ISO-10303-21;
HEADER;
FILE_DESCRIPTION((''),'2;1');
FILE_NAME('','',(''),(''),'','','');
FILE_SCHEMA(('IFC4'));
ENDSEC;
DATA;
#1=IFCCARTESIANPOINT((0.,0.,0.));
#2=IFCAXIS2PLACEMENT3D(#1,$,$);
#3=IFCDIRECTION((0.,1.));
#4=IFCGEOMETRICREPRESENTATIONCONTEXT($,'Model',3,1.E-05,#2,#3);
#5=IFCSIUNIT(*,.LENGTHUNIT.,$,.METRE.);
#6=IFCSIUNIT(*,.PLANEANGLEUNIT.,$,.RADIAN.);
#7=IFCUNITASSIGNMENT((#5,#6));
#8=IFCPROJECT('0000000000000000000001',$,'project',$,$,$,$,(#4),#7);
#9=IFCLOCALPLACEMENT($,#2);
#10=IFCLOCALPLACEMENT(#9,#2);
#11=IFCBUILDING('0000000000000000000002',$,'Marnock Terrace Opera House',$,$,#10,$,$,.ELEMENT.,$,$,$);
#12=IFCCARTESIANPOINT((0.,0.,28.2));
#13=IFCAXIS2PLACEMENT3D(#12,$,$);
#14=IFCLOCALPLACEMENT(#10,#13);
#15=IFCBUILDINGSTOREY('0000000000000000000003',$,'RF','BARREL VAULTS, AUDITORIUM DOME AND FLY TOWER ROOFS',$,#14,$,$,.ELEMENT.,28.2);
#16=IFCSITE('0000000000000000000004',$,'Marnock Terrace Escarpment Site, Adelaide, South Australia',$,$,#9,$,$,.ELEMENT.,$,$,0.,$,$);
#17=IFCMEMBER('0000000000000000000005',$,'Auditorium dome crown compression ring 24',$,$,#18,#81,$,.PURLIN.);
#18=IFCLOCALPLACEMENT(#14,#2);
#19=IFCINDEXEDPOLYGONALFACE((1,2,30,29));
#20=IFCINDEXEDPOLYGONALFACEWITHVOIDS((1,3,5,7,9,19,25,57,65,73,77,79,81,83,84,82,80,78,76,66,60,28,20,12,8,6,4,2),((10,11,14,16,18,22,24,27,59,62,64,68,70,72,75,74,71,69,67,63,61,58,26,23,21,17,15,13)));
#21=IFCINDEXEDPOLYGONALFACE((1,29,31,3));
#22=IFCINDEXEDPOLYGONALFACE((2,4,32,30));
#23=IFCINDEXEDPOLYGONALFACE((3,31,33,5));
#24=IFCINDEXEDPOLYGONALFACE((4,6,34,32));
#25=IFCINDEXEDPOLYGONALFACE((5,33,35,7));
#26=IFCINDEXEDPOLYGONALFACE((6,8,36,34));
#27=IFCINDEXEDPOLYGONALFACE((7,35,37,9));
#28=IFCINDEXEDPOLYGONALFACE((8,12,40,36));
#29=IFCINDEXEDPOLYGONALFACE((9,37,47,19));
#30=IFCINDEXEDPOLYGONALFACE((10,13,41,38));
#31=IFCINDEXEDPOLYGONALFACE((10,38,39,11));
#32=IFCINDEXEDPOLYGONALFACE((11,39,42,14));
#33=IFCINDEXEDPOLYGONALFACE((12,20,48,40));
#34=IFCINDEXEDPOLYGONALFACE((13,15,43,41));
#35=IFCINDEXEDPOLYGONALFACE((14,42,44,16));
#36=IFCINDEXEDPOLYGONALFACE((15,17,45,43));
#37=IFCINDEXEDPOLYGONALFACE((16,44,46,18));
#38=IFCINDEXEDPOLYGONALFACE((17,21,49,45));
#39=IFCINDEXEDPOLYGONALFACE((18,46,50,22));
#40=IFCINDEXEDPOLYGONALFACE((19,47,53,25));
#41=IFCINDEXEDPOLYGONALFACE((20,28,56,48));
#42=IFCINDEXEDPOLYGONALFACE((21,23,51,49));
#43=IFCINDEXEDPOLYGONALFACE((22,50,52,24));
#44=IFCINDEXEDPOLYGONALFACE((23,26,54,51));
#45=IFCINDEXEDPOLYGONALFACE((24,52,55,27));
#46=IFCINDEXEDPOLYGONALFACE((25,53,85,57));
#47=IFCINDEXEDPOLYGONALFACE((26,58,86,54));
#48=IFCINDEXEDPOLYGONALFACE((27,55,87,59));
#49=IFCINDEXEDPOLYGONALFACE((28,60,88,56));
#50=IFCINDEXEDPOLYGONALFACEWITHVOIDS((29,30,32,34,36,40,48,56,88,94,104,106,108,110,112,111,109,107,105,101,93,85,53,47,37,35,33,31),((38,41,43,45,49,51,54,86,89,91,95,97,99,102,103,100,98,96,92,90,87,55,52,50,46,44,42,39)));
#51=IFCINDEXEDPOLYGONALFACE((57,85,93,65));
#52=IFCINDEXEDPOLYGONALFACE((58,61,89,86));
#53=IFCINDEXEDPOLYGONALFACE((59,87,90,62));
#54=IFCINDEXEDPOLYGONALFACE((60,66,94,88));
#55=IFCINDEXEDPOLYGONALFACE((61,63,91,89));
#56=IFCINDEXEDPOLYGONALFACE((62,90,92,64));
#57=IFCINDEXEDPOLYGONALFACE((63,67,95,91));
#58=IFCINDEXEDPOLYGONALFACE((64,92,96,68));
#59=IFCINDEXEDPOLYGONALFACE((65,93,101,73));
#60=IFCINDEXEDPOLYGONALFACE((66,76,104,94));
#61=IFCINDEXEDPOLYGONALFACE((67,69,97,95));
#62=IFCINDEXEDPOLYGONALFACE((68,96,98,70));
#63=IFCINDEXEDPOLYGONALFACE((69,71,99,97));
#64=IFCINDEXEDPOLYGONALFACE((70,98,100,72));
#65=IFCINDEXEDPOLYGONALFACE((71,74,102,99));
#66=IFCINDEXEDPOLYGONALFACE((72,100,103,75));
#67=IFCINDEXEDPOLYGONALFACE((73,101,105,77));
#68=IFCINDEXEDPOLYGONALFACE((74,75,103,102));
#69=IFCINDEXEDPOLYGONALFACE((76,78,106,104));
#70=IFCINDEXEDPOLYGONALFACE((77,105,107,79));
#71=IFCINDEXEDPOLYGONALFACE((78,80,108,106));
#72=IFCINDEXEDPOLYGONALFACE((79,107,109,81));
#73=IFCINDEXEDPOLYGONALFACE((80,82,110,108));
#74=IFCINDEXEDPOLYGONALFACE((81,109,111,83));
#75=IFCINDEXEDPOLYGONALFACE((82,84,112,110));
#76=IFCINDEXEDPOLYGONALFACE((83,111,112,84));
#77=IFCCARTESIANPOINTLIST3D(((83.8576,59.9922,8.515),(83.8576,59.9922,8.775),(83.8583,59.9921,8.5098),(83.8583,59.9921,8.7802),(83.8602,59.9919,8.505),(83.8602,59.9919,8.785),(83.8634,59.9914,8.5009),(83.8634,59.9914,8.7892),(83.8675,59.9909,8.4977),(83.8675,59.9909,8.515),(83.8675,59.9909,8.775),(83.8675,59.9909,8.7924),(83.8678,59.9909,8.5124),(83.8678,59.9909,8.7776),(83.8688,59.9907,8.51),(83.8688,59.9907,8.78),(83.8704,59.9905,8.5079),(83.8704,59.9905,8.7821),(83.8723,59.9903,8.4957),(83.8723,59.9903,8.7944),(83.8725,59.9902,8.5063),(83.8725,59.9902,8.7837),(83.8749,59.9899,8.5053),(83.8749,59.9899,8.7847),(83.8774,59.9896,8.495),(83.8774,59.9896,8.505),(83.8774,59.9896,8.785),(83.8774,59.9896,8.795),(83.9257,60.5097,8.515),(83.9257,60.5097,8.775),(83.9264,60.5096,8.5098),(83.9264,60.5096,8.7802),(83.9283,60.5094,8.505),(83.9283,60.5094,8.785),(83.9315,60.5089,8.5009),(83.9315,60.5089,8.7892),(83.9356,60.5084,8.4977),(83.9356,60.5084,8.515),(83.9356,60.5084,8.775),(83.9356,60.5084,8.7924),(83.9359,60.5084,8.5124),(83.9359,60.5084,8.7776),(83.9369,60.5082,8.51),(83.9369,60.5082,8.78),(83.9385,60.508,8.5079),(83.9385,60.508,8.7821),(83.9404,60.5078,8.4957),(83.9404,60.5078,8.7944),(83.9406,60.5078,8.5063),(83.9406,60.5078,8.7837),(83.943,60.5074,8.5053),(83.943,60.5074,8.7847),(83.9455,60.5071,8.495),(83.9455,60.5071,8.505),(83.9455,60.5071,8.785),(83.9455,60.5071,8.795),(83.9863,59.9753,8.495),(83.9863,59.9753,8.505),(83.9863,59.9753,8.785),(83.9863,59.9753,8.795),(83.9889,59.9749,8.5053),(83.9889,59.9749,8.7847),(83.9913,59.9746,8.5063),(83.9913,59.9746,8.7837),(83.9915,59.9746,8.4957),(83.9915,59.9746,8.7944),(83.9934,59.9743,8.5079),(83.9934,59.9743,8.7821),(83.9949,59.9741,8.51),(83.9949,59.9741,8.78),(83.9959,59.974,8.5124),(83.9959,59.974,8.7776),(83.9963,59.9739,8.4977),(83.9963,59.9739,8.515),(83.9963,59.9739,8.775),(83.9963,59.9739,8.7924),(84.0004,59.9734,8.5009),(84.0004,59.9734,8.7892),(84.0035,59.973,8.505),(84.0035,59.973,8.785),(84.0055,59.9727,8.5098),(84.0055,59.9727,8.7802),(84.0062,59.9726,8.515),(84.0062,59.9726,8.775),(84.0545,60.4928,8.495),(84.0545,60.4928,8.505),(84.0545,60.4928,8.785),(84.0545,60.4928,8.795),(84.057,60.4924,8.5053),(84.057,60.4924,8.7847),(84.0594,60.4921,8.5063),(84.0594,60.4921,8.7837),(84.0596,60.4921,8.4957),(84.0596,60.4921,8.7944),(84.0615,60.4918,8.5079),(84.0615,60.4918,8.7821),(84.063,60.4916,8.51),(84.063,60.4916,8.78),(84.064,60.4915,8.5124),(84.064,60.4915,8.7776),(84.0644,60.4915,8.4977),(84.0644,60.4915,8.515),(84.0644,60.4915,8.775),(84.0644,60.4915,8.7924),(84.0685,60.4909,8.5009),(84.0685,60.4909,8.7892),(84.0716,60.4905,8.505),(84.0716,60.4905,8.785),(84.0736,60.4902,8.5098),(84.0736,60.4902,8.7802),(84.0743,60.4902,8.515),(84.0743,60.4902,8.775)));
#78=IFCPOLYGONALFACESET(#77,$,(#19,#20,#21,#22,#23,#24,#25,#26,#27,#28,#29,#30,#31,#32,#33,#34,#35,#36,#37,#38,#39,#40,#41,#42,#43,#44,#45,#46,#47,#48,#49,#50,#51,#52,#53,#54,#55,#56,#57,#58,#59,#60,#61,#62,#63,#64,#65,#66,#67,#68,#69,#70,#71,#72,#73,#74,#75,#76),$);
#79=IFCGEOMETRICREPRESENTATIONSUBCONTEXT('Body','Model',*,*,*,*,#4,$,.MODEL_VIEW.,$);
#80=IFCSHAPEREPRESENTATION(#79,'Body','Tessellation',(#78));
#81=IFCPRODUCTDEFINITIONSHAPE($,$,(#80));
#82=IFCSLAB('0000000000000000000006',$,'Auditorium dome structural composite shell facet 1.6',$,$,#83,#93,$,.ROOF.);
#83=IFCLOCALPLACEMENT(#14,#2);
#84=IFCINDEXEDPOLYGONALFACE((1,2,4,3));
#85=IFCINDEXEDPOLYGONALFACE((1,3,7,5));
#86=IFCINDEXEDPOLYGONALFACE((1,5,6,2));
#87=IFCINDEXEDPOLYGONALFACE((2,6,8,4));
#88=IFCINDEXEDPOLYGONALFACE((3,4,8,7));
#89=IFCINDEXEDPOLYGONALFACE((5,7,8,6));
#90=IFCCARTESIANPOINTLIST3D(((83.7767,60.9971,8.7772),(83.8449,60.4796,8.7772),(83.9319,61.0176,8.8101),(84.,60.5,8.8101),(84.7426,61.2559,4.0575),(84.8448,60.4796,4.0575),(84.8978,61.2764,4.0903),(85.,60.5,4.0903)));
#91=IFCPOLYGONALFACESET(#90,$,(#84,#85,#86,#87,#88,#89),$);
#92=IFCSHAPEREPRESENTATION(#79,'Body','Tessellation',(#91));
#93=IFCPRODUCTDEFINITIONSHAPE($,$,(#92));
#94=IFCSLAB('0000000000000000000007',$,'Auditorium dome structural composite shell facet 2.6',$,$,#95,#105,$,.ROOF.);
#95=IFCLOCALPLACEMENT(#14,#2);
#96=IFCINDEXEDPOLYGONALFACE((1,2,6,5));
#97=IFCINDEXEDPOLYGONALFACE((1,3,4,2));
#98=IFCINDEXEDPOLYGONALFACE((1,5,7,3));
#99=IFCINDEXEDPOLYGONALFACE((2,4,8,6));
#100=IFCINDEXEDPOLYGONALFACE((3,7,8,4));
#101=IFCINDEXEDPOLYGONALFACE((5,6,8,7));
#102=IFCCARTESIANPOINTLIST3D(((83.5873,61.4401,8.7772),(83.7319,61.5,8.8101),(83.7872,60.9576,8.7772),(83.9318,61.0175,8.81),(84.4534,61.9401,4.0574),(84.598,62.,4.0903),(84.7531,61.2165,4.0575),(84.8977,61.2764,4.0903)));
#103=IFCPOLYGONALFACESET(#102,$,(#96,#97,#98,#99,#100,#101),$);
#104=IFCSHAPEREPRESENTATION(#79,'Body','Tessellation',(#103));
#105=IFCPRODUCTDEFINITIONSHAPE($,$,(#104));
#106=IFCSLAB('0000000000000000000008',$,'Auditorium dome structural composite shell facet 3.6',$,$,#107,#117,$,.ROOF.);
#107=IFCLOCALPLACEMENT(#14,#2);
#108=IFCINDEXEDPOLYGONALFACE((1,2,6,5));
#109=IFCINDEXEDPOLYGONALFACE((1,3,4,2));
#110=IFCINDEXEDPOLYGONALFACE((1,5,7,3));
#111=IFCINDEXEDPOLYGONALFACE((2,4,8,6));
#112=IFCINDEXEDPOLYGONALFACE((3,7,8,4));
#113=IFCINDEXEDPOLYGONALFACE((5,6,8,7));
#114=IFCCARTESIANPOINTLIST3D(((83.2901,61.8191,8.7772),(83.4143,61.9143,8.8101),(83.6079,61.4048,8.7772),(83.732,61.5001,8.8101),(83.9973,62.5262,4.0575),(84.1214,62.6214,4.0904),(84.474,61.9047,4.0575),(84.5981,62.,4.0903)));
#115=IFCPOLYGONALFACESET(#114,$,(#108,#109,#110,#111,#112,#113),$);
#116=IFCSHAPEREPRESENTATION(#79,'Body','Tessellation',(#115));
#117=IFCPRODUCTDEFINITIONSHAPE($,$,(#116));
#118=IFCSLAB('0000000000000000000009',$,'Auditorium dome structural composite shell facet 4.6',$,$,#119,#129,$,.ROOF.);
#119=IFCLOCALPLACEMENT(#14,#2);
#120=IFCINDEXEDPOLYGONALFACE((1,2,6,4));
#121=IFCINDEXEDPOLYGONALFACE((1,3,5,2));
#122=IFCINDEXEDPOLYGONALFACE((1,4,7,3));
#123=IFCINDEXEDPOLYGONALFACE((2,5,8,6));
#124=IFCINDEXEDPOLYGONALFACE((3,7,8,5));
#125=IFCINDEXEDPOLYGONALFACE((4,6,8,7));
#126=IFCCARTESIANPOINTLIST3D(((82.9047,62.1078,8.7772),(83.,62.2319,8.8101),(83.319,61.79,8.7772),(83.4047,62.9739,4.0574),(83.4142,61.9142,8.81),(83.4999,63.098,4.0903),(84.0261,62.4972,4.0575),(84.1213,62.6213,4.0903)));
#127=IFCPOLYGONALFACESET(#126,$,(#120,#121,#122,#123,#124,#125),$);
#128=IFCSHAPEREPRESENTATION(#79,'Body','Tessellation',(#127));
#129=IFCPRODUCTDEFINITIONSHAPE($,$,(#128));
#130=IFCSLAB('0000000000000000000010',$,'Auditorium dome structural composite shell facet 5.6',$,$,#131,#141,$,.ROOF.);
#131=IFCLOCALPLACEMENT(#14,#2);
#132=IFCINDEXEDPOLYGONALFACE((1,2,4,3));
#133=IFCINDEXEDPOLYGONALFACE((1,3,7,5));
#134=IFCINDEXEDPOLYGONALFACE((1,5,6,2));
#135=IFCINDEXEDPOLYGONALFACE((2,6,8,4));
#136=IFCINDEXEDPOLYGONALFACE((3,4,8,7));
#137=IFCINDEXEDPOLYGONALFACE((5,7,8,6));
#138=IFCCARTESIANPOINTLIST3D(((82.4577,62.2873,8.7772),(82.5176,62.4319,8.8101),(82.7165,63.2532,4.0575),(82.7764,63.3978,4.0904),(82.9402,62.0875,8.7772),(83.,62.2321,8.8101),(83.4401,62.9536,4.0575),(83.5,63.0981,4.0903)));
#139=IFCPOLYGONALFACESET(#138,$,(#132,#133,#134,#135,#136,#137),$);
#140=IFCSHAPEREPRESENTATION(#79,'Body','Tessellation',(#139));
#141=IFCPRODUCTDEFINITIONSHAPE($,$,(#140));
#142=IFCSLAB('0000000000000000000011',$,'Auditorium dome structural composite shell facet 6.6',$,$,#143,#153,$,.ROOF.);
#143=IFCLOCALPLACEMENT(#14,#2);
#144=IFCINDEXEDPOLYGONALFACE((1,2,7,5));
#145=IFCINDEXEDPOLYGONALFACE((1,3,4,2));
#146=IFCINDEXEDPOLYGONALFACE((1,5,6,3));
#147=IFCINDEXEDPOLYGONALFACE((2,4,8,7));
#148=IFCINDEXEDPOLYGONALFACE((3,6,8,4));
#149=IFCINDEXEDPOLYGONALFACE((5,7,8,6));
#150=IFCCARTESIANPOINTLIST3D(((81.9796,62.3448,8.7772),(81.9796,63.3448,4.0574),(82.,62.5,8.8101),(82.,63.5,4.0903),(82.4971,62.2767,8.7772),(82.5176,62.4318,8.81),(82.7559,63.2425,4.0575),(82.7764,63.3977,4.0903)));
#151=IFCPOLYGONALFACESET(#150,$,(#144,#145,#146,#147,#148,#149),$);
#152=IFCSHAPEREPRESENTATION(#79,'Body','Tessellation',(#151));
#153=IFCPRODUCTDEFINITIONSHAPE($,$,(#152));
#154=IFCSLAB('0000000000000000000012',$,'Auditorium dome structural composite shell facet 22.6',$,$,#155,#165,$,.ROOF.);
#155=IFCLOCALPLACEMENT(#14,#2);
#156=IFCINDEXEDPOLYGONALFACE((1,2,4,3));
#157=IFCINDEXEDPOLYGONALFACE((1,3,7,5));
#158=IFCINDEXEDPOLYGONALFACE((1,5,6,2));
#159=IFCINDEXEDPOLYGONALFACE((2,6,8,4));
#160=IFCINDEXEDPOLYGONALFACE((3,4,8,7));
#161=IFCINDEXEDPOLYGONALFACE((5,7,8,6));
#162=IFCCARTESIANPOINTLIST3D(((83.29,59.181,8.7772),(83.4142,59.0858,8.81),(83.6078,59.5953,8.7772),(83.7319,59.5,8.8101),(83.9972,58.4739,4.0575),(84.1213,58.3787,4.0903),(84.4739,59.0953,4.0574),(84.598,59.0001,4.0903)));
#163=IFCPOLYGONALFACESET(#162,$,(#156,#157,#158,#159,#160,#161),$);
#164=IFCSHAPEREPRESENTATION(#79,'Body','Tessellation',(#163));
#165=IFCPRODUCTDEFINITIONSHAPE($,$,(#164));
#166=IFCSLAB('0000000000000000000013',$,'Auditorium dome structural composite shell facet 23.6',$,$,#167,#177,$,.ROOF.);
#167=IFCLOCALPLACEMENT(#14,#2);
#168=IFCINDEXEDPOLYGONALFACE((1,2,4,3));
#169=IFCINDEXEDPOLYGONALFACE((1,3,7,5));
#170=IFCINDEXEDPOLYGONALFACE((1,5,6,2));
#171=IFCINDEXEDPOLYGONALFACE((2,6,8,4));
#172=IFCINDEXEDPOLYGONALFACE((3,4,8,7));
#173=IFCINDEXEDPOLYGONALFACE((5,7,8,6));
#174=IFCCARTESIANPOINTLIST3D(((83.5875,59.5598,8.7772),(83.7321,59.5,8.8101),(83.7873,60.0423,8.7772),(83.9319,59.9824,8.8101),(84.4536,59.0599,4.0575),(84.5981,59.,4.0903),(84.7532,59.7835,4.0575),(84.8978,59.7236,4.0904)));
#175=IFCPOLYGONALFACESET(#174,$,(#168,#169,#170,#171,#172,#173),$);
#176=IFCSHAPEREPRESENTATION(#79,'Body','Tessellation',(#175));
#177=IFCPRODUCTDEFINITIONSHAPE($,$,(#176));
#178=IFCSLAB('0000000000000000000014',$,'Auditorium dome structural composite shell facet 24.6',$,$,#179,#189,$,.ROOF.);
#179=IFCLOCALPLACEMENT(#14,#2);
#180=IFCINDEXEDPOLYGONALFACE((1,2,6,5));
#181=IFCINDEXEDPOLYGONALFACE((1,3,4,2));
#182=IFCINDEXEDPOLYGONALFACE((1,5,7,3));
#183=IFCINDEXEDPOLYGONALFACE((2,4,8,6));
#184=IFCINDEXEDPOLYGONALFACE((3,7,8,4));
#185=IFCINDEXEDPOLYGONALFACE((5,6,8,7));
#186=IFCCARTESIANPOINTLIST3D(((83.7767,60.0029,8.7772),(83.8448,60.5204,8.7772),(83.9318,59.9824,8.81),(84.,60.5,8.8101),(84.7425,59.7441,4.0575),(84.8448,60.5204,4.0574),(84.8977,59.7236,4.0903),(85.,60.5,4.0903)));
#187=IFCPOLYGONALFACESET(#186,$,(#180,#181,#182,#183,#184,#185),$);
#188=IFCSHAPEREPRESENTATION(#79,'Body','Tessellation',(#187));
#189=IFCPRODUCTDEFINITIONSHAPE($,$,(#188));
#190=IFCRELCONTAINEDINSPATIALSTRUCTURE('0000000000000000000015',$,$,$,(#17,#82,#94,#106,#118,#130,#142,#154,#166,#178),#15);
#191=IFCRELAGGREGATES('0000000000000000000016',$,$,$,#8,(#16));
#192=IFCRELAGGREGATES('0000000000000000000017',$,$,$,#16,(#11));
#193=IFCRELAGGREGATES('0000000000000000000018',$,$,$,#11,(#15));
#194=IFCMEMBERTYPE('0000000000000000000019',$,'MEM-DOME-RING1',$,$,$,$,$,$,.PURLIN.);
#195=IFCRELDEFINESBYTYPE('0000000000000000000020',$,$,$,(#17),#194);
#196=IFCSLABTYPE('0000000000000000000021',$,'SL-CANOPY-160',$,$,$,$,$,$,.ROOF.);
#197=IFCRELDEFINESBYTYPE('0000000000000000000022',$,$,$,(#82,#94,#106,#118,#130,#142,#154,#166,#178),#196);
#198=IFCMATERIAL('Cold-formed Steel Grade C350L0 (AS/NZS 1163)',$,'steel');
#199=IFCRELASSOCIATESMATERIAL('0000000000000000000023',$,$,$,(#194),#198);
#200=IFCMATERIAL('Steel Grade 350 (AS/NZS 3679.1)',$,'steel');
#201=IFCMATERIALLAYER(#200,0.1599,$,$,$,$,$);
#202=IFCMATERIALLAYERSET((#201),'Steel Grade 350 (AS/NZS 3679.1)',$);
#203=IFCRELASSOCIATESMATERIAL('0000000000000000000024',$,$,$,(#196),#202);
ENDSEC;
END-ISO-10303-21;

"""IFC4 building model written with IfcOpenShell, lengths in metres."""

from ifc_helpers import new_model, si_unit, direction, frame, origin, origin_2d, place, context, subcontext, project, spatial, polyline, hollow_rectangle, outline, extrude, material, layer, layer_set, material_profile, profile_set, type_object, element, save


model = new_model("IFC4")

# Units and contexts
model_context = context("Model", 3, precision=1e-05, world=origin(), true_north=direction((0.0, 1.0)))
body_context = subcontext(model_context, "Body", "Model", "MODEL_VIEW")
ifc_project = project(units=[si_unit("LENGTHUNIT", "METRE"), si_unit("PLANEANGLEUNIT", "RADIAN")], contexts=[model_context])

# Site, building, storey
site_placement = place(None, origin())
site = spatial("IfcSite", under=ifc_project, at=site_placement, Name="Marnock Terrace Escarpment Site, Adelaide, South Australia", CompositionType="ELEMENT", RefElevation=0.0)
building_placement = place(site_placement, origin())
building = spatial("IfcBuilding", under=site, at=building_placement, Name="Marnock Terrace Opera House", CompositionType="ELEMENT")
storey_placement = place(building_placement, frame((0.0, 0.0, 28.2)))
storey = spatial("IfcBuildingStorey", under=building, at=storey_placement, Name="RF", Description="BARREL VAULTS, AUDITORIUM DOME AND FLY TOWER ROOFS", CompositionType="ELEMENT", Elevation=28.2)

# Member
ifc_material_1 = material(Name="Cold-formed Steel Grade C350L0 (AS/NZS 1163)", Category="steel")
ifc_material_profile_1 = material_profile(ifc_material_1, hollow_rectangle(XDim=0.1499, YDim=0.3, WallThickness=0.01, InnerFilletRadius=0.01, OuterFilletRadius=0.02, at=origin_2d()))
ifc_profile_set_1 = profile_set([ifc_material_profile_1], Name="Cold-formed Steel Grade C350L0 (AS/NZS 1163)")
member_type_1 = type_object("IfcMemberType", Name="MEM-DOME-RING1", PredefinedType="PURLIN", material=ifc_profile_set_1)
member_1_placement = place(storey_placement, frame((83.9319, 59.9824, 8.645), z_axis=(0.130479, 0.991451, 0.0), x_axis=(-0.991451, 0.130479, 0.0)))
element("IfcMember", 1, at=member_1_placement, inside=storey, type_object=member_type_1, Name="Auditorium dome crown compression ring 24", PredefinedType="PURLIN", context=body_context, shape_type="SweptSolid", body=[
    extrude(hollow_rectangle(XDim=0.1499, YDim=0.3, WallThickness=0.01, InnerFilletRadius=0.01, OuterFilletRadius=0.02, at=origin_2d()), origin(), (0.0, 0.0, 1.0), 0.522),
])

# Slabs
ifc_material_2 = material(Name="Steel Grade 350 (AS/NZS 3679.1)", Category="steel")
ifc_layer = layer(ifc_material_2, 0.1599)
ifc_layer_set = layer_set([ifc_layer], Name="Steel Grade 350 (AS/NZS 3679.1)")
slab_type = type_object("IfcSlabType", Name="SL-CANOPY-160", PredefinedType="ROOF", material=ifc_layer_set)
slab_1_placement = place(storey_placement, frame((85.0, 60.5, 4.0903), z_axis=(0.970265, 0.127782, 0.205566), x_axis=(-0.130573, 0.991439, 0.000012)))
element("IfcSlab", 2, at=slab_1_placement, inside=storey, type_object=slab_type, Name="Auditorium dome structural composite shell facet 1.6", PredefinedType="ROOF", context=body_context, shape_type="SweptSolid", body=[
    extrude(outline(polyline([(0.0, 0.0), (0.7831, 0.0), (0.6527, 4.8227), (0.1306, 4.8227), (0.0, 0.0)])), origin(), (0.0, 0.0, -1.0), 0.1599),
])
slab_2_placement = place(storey_placement, frame((84.8977, 61.2764, 4.0903), z_axis=(0.904159, 0.374476, 0.205583), x_axis=(-0.382642, 0.923897, -0.000035)))
element("IfcSlab", 3, at=slab_2_placement, inside=storey, type_object=slab_type, Name="Auditorium dome structural composite shell facet 2.6", PredefinedType="ROOF", context=body_context, shape_type="SweptSolid", body=[
    extrude(outline(polyline([(0.0, 0.0), (0.7832, 0.0), (0.6525, 4.8228), (0.1303, 4.8227), (0.0, 0.0)])), origin(), (0.0, 0.0, -1.0), 0.1599),
])
slab_3_placement = place(storey_placement, frame((84.5981, 62.0, 4.0903), z_axis=(0.776496, 0.595643, 0.205581), x_axis=(-0.60865, 0.793439, 0.000037)))
element("IfcSlab", 4, at=slab_3_placement, inside=storey, type_object=slab_type, Name="Auditorium dome structural composite shell facet 3.6", PredefinedType="ROOF", context=body_context, shape_type="SweptSolid", body=[
    extrude(outline(polyline([(0.0, 0.0), (0.7832, 0.0), (0.6527, 4.8227), (0.1307, 4.8228), (0.0, 0.0)])), origin(), (0.0, 0.0, -1.0), 0.1599),
])
slab_4_placement = place(storey_placement, frame((84.1213, 62.6213, 4.0903), z_axis=(0.595643, 0.776496, 0.205581), x_axis=(-0.793439, 0.60865, -0.000037)))
element("IfcSlab", 5, at=slab_4_placement, inside=storey, type_object=slab_type, Name="Auditorium dome structural composite shell facet 4.6", PredefinedType="ROOF", context=body_context, shape_type="SweptSolid", body=[
    extrude(outline(polyline([(0.0, 0.0), (0.7832, 0.0), (0.6525, 4.8228), (0.1305, 4.8227), (0.0, 0.0)])), origin(), (0.0, 0.0, -1.0), 0.1599),
])
slab_5_placement = place(storey_placement, frame((83.5, 63.0981, 4.0903), z_axis=(0.374476, 0.904159, 0.205583), x_axis=(-0.923897, 0.382642, 0.000035)))
element("IfcSlab", 6, at=slab_5_placement, inside=storey, type_object=slab_type, Name="Auditorium dome structural composite shell facet 5.6", PredefinedType="ROOF", context=body_context, shape_type="SweptSolid", body=[
    extrude(outline(polyline([(0.0, 0.0), (0.7832, 0.0), (0.6529, 4.8227), (0.1307, 4.8228), (0.0, 0.0)])), origin(), (0.0, 0.0, -1.0), 0.1599),
])
slab_6_placement = place(storey_placement, frame((82.7764, 63.3977, 4.0903), z_axis=(0.127782, 0.970265, 0.205566), x_axis=(-0.991439, 0.130573, -0.000012)))
element("IfcSlab", 7, at=slab_6_placement, inside=storey, type_object=slab_type, Name="Auditorium dome structural composite shell facet 6.6", PredefinedType="ROOF", context=body_context, shape_type="SweptSolid", body=[
    extrude(outline(polyline([(0.0, 0.0), (0.7831, 0.0), (0.6524, 4.8227), (0.1304, 4.8227), (0.0, 0.0)])), origin(), (0.0, 0.0, -1.0), 0.1599),
])
slab_7_placement = place(storey_placement, frame((84.1213, 58.3787, 4.0903), z_axis=(0.776496, -0.595643, 0.205581), x_axis=(0.60865, 0.793439, -0.000037)))
element("IfcSlab", 8, at=slab_7_placement, inside=storey, type_object=slab_type, Name="Auditorium dome structural composite shell facet 22.6", PredefinedType="ROOF", context=body_context, shape_type="SweptSolid", body=[
    extrude(outline(polyline([(0.0, 0.0), (0.7832, 0.0), (0.6525, 4.8228), (0.1305, 4.8227), (0.0, 0.0)])), origin(), (0.0, 0.0, -1.0), 0.1599),
])
slab_8_placement = place(storey_placement, frame((84.5981, 59.0, 4.0903), z_axis=(0.904159, -0.374476, 0.205583), x_axis=(0.382642, 0.923897, 0.000035)))
element("IfcSlab", 9, at=slab_8_placement, inside=storey, type_object=slab_type, Name="Auditorium dome structural composite shell facet 23.6", PredefinedType="ROOF", context=body_context, shape_type="SweptSolid", body=[
    extrude(outline(polyline([(0.0, 0.0), (0.7832, 0.0), (0.6529, 4.8227), (0.1307, 4.8228), (0.0, 0.0)])), origin(), (0.0, 0.0, -1.0), 0.1599),
])
slab_9_placement = place(storey_placement, frame((84.8977, 59.7236, 4.0903), z_axis=(0.970265, -0.127782, 0.205566), x_axis=(0.130573, 0.991439, -0.000012)))
element("IfcSlab", 10, at=slab_9_placement, inside=storey, type_object=slab_type, Name="Auditorium dome structural composite shell facet 24.6", PredefinedType="ROOF", context=body_context, shape_type="SweptSolid", body=[
    extrude(outline(polyline([(0.0, 0.0), (0.7831, 0.0), (0.6524, 4.8227), (0.1304, 4.8227), (0.0, 0.0)])), origin(), (0.0, 0.0, -1.0), 0.1599),
])

save(model, "model.ifc")
